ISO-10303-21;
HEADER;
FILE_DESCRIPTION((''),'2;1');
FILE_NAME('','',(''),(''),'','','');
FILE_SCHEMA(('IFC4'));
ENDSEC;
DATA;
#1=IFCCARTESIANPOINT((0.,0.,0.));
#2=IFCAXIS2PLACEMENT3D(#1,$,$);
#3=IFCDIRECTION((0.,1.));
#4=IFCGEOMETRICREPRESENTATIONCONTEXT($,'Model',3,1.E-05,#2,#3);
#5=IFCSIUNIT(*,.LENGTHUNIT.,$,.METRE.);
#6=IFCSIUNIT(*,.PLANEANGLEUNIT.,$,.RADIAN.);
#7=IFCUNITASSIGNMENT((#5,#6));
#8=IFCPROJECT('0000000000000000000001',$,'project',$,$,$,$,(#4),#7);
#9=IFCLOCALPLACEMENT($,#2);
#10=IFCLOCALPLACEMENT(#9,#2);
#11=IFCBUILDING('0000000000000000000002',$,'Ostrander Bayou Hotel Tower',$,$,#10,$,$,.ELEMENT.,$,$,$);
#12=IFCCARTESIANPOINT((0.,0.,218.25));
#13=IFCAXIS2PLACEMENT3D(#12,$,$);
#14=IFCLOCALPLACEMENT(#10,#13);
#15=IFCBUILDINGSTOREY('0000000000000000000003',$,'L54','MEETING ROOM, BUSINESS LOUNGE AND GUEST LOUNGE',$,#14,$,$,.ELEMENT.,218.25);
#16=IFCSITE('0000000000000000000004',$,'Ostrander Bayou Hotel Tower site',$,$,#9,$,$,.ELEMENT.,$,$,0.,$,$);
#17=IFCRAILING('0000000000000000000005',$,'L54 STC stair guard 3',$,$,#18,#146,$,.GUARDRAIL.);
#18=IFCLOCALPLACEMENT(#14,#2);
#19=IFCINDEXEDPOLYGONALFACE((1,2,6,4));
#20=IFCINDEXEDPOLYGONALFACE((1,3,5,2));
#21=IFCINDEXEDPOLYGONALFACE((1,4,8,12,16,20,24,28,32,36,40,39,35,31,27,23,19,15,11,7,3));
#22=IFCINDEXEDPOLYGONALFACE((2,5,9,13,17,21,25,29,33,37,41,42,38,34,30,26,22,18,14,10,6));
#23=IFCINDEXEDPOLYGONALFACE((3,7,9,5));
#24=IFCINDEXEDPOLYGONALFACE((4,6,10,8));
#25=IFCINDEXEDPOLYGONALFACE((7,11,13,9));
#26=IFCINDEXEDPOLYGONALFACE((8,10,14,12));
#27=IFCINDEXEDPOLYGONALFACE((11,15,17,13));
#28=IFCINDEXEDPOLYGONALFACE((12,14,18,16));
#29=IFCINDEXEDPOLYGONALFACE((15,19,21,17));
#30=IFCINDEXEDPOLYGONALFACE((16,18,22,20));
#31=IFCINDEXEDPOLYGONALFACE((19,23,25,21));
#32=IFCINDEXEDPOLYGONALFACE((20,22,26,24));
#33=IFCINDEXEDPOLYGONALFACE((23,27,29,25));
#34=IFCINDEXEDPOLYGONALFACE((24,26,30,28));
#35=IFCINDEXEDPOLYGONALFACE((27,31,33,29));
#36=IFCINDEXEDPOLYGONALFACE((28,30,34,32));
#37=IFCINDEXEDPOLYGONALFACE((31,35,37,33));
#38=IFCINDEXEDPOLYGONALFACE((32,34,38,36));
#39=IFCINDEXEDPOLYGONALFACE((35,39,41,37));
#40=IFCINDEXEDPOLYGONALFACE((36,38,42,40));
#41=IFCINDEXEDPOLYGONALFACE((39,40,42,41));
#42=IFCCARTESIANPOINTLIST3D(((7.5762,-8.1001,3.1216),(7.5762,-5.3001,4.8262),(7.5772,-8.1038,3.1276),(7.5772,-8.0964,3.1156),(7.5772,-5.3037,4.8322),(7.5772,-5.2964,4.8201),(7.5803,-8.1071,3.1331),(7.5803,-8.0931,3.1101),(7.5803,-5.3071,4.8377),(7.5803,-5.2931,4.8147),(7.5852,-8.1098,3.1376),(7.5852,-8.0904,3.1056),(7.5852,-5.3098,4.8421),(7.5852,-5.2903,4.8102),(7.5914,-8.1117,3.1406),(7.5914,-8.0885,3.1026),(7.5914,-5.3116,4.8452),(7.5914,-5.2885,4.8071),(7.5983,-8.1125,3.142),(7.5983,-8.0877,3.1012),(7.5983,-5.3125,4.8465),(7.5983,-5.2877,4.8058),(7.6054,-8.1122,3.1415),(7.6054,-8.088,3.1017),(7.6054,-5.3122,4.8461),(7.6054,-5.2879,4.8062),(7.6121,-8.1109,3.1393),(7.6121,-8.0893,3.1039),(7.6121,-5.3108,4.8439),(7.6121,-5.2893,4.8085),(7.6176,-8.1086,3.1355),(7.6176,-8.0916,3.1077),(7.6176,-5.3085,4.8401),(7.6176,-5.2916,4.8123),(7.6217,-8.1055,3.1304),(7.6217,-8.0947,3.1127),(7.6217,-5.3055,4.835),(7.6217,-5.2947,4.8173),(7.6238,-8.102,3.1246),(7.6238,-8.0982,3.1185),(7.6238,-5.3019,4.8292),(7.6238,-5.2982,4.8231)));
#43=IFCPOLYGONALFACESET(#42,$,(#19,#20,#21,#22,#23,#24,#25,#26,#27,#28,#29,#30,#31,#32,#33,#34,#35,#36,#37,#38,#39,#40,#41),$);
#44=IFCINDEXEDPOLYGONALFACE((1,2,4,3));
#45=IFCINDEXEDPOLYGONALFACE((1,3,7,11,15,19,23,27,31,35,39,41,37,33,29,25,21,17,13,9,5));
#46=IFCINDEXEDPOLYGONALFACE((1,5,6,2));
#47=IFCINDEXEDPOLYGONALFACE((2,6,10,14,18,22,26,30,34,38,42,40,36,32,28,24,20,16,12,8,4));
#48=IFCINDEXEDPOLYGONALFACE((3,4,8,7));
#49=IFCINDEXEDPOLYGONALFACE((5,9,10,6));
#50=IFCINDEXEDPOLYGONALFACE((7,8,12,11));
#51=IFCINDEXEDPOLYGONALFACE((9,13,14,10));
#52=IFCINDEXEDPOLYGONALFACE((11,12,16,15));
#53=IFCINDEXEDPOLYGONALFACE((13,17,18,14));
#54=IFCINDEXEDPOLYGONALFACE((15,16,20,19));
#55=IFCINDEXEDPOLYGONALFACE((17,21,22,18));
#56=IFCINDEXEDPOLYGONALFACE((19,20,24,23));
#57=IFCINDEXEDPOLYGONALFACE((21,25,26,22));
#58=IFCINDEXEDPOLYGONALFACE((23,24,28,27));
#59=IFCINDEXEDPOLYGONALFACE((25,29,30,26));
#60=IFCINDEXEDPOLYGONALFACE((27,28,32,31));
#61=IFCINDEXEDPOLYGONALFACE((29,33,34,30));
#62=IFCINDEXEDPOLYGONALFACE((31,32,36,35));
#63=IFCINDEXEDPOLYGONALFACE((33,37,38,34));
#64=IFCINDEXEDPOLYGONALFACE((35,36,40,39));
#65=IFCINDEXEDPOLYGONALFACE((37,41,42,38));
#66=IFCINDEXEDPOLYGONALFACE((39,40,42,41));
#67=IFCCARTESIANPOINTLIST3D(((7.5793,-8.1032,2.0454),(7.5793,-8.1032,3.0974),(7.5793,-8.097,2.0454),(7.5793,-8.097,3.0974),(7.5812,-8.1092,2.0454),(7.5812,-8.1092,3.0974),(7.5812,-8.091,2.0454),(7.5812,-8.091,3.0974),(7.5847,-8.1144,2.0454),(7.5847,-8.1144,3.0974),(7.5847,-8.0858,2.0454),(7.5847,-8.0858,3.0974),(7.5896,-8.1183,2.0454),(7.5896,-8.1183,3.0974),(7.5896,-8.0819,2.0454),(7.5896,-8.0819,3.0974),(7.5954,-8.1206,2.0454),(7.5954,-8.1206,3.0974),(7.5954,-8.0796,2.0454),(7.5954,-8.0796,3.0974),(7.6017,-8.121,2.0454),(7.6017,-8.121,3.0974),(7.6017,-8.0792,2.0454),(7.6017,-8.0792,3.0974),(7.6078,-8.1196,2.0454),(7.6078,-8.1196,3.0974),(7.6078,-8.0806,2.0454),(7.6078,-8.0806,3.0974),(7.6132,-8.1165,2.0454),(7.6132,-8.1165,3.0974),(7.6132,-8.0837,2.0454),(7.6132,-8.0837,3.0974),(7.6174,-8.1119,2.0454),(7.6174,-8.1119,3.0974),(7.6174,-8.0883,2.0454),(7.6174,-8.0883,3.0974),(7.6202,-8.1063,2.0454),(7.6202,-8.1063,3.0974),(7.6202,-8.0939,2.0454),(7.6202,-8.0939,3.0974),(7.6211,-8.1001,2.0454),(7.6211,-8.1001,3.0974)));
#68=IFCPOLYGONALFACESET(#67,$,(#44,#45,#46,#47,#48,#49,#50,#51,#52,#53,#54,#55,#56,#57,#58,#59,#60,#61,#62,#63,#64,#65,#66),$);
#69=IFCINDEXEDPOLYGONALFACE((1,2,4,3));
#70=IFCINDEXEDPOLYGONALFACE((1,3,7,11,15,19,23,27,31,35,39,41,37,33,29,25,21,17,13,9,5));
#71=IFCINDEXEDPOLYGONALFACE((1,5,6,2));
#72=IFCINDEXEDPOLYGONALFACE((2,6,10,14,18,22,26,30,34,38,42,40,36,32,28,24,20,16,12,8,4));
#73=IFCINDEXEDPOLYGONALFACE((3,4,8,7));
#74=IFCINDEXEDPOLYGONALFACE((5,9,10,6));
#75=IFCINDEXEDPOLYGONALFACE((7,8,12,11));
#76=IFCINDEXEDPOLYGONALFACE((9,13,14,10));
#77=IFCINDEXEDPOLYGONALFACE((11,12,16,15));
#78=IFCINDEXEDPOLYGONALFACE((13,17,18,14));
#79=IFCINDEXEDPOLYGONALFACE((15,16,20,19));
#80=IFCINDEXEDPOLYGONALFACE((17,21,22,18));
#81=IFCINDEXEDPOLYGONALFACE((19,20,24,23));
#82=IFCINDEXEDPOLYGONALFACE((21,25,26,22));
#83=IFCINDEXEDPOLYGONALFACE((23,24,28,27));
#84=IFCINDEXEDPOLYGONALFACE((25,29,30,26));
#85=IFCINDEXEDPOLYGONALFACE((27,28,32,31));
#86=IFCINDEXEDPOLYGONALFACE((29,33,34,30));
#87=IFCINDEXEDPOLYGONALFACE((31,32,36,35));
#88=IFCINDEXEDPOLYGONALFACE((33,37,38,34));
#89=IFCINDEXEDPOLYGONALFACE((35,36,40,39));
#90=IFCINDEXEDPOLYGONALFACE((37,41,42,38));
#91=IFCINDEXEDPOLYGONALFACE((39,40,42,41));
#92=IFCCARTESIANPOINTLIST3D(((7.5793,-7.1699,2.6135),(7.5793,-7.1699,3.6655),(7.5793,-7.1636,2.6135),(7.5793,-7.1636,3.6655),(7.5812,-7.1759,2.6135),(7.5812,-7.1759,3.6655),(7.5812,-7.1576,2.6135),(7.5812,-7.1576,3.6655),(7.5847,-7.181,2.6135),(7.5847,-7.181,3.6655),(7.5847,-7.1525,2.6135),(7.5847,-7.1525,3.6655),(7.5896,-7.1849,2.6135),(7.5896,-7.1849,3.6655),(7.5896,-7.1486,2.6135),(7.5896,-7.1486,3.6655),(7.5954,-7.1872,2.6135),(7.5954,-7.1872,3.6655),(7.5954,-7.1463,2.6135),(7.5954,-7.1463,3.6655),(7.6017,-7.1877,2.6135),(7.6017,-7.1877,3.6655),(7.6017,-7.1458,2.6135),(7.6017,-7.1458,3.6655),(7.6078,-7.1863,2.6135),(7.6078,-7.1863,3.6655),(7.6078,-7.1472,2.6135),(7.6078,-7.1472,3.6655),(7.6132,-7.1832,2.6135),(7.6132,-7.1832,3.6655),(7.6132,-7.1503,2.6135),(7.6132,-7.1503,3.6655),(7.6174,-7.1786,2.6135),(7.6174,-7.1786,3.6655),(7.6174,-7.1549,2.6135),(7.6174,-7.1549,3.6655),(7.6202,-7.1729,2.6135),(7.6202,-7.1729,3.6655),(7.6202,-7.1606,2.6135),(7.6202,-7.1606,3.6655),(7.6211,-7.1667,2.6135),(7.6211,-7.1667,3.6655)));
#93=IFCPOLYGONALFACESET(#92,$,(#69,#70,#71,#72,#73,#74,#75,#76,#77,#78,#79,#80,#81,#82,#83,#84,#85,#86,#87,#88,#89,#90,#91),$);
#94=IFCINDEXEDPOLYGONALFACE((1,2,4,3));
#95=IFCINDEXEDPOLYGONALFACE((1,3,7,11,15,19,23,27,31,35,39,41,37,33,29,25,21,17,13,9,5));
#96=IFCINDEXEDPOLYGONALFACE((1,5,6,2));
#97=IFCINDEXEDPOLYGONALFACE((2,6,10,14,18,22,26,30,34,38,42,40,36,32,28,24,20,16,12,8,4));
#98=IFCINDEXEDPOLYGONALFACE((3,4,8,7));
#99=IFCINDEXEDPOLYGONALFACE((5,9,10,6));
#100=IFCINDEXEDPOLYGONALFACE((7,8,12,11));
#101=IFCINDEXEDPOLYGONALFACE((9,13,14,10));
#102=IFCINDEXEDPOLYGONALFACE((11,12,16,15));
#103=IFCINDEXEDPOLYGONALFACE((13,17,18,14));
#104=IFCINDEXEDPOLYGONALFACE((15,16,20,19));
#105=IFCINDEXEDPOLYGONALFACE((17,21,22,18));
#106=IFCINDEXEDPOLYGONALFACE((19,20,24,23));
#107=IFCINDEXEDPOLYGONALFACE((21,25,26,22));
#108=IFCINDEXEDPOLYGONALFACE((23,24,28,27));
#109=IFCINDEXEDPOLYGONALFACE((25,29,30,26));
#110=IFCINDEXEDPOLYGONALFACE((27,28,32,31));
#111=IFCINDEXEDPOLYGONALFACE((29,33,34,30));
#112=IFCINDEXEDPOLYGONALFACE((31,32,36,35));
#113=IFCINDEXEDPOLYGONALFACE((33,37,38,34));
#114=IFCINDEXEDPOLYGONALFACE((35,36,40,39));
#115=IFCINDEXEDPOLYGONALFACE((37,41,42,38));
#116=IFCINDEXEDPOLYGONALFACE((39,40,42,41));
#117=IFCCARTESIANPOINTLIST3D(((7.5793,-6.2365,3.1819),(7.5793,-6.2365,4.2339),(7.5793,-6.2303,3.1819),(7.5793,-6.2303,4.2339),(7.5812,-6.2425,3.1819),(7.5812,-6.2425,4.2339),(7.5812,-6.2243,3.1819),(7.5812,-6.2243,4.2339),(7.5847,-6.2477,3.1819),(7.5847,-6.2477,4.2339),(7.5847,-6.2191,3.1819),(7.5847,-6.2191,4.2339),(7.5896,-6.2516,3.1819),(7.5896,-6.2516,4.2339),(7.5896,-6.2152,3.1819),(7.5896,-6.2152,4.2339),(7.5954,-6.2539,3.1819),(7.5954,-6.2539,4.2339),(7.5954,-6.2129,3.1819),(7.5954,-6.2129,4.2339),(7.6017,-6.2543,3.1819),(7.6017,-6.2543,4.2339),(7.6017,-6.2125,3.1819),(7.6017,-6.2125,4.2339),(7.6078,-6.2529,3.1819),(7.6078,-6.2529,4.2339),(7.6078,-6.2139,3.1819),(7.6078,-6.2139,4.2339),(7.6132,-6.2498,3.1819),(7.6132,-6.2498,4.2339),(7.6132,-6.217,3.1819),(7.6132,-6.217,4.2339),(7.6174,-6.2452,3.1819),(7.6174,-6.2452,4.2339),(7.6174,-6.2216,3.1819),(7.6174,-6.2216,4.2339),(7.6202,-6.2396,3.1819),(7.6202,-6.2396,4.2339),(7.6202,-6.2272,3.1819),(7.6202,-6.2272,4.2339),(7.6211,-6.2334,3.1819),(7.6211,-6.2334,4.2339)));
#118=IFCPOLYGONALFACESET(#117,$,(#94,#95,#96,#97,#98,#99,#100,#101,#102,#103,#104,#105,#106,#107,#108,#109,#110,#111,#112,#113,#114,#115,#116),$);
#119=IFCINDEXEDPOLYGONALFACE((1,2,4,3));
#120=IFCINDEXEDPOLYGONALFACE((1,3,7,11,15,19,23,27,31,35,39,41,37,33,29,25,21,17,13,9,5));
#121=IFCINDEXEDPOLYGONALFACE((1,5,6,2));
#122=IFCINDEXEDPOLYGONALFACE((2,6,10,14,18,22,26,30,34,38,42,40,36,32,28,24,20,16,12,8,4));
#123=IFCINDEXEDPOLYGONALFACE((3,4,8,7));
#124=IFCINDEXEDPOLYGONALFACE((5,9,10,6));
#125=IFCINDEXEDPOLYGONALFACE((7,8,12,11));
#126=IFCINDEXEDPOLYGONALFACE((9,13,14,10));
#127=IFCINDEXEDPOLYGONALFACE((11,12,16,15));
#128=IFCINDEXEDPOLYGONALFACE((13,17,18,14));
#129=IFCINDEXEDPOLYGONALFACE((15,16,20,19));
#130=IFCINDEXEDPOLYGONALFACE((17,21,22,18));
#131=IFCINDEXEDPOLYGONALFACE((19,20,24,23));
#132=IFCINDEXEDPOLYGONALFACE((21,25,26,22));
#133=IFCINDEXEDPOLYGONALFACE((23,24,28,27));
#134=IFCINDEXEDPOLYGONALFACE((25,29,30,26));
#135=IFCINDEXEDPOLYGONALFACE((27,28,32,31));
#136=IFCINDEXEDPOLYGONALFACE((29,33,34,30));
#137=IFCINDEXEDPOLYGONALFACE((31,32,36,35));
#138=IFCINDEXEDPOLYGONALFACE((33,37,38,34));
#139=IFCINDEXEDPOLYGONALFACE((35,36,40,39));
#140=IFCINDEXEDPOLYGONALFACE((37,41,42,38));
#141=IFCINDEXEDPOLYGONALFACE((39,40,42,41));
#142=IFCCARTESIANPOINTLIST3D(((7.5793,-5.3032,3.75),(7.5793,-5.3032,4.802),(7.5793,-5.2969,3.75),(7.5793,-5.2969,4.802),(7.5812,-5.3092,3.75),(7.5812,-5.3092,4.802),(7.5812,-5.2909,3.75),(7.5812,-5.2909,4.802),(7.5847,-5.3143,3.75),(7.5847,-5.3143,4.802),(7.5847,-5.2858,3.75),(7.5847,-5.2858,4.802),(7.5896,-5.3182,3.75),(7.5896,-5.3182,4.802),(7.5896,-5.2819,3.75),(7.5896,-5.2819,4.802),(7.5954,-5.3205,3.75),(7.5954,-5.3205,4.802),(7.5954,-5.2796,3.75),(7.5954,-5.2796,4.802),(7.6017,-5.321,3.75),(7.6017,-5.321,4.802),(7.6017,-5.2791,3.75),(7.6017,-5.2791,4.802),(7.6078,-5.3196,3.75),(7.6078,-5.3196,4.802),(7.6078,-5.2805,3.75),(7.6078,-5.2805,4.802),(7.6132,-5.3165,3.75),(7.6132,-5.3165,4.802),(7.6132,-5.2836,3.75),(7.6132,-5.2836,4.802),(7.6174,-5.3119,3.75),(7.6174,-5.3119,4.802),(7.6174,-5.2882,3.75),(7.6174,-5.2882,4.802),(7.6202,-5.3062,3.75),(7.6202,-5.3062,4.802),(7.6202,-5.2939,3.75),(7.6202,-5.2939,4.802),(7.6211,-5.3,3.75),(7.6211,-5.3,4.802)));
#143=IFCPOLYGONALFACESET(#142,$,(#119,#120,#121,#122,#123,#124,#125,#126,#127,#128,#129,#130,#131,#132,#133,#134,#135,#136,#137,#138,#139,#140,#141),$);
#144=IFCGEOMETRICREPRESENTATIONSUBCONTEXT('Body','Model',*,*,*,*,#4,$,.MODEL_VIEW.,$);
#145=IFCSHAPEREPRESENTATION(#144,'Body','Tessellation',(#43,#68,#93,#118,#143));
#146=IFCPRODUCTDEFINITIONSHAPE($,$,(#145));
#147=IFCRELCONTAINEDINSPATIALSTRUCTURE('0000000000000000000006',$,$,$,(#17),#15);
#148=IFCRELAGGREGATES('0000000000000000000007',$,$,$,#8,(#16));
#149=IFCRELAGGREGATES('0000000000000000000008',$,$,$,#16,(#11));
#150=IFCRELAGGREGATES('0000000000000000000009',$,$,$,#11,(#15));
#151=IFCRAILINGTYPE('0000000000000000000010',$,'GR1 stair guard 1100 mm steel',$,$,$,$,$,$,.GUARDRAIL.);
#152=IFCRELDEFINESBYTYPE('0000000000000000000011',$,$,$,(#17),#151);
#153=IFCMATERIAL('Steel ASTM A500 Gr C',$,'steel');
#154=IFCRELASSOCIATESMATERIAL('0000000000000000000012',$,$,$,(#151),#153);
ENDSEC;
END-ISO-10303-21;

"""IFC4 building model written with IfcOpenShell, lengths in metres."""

from ifc_helpers import new_model, si_unit, direction, frame, origin, origin_2d, place, context, subcontext, project, spatial, circle, extrude, material, type_object, element, save


model = new_model("IFC4")

# Units and contexts
model_context = context("Model", 3, precision=1e-05, world=origin(), true_north=direction((0.0, 1.0)))
body_context = subcontext(model_context, "Body", "Model", "MODEL_VIEW")
ifc_project = project(units=[si_unit("LENGTHUNIT", "METRE"), si_unit("PLANEANGLEUNIT", "RADIAN")], contexts=[model_context])

# Site, building, storey
site_placement = place(None, origin())
site = spatial("IfcSite", under=ifc_project, at=site_placement, Name="Ostrander Bayou Hotel Tower site", CompositionType="ELEMENT", RefElevation=0.0)
building_placement = place(site_placement, origin())
building = spatial("IfcBuilding", under=site, at=building_placement, Name="Ostrander Bayou Hotel Tower", CompositionType="ELEMENT")
storey_placement = place(building_placement, frame((0.0, 0.0, 218.25)))
storey = spatial("IfcBuildingStorey", under=building, at=storey_placement, Name="L54", Description="MEETING ROOM, BUSINESS LOUNGE AND GUEST LOUNGE", CompositionType="ELEMENT", Elevation=218.25)

# Railing
ifc_material_1 = material(Name="Steel ASTM A500 Gr C", Category="steel")
railing_type_1 = type_object("IfcRailingType", Name="GR1 stair guard 1100 mm steel", PredefinedType="GUARDRAIL", material=ifc_material_1)
railing_1_placement = place(storey_placement, frame((7.6001, -8.1001, 2.0454)))
element("IfcRailing", 1, at=railing_1_placement, inside=storey, type_object=railing_type_1, Name="L54 STC stair guard 3", PredefinedType="GUARDRAIL", context=body_context, shape_type="SweptSolid", body=[
    extrude(circle(Radius=0.0239, at=origin_2d()), frame((0.0, 0.0, 1.0762), z_axis=(0.0, 0.85417, 0.519994), x_axis=(-1.0, 0.0, 0.0)), (0.0, 0.0, 1.0), 3.2781),
    extrude(circle(Radius=0.021, at=origin_2d()), origin(), (0.0, 0.0, 1.0), 1.052),
    extrude(circle(Radius=0.021, at=origin_2d()), frame((0.0, 0.9333, 0.5681)), (0.0, 0.0, 1.0), 1.052),
    extrude(circle(Radius=0.021, at=origin_2d()), frame((0.0, 1.8667, 1.1365)), (0.0, 0.0, 1.0), 1.052),
    extrude(circle(Radius=0.021, at=origin_2d()), frame((0.0, 2.8, 1.7046)), (0.0, 0.0, 1.0), 1.052),
])

save(model, "model.ifc")
